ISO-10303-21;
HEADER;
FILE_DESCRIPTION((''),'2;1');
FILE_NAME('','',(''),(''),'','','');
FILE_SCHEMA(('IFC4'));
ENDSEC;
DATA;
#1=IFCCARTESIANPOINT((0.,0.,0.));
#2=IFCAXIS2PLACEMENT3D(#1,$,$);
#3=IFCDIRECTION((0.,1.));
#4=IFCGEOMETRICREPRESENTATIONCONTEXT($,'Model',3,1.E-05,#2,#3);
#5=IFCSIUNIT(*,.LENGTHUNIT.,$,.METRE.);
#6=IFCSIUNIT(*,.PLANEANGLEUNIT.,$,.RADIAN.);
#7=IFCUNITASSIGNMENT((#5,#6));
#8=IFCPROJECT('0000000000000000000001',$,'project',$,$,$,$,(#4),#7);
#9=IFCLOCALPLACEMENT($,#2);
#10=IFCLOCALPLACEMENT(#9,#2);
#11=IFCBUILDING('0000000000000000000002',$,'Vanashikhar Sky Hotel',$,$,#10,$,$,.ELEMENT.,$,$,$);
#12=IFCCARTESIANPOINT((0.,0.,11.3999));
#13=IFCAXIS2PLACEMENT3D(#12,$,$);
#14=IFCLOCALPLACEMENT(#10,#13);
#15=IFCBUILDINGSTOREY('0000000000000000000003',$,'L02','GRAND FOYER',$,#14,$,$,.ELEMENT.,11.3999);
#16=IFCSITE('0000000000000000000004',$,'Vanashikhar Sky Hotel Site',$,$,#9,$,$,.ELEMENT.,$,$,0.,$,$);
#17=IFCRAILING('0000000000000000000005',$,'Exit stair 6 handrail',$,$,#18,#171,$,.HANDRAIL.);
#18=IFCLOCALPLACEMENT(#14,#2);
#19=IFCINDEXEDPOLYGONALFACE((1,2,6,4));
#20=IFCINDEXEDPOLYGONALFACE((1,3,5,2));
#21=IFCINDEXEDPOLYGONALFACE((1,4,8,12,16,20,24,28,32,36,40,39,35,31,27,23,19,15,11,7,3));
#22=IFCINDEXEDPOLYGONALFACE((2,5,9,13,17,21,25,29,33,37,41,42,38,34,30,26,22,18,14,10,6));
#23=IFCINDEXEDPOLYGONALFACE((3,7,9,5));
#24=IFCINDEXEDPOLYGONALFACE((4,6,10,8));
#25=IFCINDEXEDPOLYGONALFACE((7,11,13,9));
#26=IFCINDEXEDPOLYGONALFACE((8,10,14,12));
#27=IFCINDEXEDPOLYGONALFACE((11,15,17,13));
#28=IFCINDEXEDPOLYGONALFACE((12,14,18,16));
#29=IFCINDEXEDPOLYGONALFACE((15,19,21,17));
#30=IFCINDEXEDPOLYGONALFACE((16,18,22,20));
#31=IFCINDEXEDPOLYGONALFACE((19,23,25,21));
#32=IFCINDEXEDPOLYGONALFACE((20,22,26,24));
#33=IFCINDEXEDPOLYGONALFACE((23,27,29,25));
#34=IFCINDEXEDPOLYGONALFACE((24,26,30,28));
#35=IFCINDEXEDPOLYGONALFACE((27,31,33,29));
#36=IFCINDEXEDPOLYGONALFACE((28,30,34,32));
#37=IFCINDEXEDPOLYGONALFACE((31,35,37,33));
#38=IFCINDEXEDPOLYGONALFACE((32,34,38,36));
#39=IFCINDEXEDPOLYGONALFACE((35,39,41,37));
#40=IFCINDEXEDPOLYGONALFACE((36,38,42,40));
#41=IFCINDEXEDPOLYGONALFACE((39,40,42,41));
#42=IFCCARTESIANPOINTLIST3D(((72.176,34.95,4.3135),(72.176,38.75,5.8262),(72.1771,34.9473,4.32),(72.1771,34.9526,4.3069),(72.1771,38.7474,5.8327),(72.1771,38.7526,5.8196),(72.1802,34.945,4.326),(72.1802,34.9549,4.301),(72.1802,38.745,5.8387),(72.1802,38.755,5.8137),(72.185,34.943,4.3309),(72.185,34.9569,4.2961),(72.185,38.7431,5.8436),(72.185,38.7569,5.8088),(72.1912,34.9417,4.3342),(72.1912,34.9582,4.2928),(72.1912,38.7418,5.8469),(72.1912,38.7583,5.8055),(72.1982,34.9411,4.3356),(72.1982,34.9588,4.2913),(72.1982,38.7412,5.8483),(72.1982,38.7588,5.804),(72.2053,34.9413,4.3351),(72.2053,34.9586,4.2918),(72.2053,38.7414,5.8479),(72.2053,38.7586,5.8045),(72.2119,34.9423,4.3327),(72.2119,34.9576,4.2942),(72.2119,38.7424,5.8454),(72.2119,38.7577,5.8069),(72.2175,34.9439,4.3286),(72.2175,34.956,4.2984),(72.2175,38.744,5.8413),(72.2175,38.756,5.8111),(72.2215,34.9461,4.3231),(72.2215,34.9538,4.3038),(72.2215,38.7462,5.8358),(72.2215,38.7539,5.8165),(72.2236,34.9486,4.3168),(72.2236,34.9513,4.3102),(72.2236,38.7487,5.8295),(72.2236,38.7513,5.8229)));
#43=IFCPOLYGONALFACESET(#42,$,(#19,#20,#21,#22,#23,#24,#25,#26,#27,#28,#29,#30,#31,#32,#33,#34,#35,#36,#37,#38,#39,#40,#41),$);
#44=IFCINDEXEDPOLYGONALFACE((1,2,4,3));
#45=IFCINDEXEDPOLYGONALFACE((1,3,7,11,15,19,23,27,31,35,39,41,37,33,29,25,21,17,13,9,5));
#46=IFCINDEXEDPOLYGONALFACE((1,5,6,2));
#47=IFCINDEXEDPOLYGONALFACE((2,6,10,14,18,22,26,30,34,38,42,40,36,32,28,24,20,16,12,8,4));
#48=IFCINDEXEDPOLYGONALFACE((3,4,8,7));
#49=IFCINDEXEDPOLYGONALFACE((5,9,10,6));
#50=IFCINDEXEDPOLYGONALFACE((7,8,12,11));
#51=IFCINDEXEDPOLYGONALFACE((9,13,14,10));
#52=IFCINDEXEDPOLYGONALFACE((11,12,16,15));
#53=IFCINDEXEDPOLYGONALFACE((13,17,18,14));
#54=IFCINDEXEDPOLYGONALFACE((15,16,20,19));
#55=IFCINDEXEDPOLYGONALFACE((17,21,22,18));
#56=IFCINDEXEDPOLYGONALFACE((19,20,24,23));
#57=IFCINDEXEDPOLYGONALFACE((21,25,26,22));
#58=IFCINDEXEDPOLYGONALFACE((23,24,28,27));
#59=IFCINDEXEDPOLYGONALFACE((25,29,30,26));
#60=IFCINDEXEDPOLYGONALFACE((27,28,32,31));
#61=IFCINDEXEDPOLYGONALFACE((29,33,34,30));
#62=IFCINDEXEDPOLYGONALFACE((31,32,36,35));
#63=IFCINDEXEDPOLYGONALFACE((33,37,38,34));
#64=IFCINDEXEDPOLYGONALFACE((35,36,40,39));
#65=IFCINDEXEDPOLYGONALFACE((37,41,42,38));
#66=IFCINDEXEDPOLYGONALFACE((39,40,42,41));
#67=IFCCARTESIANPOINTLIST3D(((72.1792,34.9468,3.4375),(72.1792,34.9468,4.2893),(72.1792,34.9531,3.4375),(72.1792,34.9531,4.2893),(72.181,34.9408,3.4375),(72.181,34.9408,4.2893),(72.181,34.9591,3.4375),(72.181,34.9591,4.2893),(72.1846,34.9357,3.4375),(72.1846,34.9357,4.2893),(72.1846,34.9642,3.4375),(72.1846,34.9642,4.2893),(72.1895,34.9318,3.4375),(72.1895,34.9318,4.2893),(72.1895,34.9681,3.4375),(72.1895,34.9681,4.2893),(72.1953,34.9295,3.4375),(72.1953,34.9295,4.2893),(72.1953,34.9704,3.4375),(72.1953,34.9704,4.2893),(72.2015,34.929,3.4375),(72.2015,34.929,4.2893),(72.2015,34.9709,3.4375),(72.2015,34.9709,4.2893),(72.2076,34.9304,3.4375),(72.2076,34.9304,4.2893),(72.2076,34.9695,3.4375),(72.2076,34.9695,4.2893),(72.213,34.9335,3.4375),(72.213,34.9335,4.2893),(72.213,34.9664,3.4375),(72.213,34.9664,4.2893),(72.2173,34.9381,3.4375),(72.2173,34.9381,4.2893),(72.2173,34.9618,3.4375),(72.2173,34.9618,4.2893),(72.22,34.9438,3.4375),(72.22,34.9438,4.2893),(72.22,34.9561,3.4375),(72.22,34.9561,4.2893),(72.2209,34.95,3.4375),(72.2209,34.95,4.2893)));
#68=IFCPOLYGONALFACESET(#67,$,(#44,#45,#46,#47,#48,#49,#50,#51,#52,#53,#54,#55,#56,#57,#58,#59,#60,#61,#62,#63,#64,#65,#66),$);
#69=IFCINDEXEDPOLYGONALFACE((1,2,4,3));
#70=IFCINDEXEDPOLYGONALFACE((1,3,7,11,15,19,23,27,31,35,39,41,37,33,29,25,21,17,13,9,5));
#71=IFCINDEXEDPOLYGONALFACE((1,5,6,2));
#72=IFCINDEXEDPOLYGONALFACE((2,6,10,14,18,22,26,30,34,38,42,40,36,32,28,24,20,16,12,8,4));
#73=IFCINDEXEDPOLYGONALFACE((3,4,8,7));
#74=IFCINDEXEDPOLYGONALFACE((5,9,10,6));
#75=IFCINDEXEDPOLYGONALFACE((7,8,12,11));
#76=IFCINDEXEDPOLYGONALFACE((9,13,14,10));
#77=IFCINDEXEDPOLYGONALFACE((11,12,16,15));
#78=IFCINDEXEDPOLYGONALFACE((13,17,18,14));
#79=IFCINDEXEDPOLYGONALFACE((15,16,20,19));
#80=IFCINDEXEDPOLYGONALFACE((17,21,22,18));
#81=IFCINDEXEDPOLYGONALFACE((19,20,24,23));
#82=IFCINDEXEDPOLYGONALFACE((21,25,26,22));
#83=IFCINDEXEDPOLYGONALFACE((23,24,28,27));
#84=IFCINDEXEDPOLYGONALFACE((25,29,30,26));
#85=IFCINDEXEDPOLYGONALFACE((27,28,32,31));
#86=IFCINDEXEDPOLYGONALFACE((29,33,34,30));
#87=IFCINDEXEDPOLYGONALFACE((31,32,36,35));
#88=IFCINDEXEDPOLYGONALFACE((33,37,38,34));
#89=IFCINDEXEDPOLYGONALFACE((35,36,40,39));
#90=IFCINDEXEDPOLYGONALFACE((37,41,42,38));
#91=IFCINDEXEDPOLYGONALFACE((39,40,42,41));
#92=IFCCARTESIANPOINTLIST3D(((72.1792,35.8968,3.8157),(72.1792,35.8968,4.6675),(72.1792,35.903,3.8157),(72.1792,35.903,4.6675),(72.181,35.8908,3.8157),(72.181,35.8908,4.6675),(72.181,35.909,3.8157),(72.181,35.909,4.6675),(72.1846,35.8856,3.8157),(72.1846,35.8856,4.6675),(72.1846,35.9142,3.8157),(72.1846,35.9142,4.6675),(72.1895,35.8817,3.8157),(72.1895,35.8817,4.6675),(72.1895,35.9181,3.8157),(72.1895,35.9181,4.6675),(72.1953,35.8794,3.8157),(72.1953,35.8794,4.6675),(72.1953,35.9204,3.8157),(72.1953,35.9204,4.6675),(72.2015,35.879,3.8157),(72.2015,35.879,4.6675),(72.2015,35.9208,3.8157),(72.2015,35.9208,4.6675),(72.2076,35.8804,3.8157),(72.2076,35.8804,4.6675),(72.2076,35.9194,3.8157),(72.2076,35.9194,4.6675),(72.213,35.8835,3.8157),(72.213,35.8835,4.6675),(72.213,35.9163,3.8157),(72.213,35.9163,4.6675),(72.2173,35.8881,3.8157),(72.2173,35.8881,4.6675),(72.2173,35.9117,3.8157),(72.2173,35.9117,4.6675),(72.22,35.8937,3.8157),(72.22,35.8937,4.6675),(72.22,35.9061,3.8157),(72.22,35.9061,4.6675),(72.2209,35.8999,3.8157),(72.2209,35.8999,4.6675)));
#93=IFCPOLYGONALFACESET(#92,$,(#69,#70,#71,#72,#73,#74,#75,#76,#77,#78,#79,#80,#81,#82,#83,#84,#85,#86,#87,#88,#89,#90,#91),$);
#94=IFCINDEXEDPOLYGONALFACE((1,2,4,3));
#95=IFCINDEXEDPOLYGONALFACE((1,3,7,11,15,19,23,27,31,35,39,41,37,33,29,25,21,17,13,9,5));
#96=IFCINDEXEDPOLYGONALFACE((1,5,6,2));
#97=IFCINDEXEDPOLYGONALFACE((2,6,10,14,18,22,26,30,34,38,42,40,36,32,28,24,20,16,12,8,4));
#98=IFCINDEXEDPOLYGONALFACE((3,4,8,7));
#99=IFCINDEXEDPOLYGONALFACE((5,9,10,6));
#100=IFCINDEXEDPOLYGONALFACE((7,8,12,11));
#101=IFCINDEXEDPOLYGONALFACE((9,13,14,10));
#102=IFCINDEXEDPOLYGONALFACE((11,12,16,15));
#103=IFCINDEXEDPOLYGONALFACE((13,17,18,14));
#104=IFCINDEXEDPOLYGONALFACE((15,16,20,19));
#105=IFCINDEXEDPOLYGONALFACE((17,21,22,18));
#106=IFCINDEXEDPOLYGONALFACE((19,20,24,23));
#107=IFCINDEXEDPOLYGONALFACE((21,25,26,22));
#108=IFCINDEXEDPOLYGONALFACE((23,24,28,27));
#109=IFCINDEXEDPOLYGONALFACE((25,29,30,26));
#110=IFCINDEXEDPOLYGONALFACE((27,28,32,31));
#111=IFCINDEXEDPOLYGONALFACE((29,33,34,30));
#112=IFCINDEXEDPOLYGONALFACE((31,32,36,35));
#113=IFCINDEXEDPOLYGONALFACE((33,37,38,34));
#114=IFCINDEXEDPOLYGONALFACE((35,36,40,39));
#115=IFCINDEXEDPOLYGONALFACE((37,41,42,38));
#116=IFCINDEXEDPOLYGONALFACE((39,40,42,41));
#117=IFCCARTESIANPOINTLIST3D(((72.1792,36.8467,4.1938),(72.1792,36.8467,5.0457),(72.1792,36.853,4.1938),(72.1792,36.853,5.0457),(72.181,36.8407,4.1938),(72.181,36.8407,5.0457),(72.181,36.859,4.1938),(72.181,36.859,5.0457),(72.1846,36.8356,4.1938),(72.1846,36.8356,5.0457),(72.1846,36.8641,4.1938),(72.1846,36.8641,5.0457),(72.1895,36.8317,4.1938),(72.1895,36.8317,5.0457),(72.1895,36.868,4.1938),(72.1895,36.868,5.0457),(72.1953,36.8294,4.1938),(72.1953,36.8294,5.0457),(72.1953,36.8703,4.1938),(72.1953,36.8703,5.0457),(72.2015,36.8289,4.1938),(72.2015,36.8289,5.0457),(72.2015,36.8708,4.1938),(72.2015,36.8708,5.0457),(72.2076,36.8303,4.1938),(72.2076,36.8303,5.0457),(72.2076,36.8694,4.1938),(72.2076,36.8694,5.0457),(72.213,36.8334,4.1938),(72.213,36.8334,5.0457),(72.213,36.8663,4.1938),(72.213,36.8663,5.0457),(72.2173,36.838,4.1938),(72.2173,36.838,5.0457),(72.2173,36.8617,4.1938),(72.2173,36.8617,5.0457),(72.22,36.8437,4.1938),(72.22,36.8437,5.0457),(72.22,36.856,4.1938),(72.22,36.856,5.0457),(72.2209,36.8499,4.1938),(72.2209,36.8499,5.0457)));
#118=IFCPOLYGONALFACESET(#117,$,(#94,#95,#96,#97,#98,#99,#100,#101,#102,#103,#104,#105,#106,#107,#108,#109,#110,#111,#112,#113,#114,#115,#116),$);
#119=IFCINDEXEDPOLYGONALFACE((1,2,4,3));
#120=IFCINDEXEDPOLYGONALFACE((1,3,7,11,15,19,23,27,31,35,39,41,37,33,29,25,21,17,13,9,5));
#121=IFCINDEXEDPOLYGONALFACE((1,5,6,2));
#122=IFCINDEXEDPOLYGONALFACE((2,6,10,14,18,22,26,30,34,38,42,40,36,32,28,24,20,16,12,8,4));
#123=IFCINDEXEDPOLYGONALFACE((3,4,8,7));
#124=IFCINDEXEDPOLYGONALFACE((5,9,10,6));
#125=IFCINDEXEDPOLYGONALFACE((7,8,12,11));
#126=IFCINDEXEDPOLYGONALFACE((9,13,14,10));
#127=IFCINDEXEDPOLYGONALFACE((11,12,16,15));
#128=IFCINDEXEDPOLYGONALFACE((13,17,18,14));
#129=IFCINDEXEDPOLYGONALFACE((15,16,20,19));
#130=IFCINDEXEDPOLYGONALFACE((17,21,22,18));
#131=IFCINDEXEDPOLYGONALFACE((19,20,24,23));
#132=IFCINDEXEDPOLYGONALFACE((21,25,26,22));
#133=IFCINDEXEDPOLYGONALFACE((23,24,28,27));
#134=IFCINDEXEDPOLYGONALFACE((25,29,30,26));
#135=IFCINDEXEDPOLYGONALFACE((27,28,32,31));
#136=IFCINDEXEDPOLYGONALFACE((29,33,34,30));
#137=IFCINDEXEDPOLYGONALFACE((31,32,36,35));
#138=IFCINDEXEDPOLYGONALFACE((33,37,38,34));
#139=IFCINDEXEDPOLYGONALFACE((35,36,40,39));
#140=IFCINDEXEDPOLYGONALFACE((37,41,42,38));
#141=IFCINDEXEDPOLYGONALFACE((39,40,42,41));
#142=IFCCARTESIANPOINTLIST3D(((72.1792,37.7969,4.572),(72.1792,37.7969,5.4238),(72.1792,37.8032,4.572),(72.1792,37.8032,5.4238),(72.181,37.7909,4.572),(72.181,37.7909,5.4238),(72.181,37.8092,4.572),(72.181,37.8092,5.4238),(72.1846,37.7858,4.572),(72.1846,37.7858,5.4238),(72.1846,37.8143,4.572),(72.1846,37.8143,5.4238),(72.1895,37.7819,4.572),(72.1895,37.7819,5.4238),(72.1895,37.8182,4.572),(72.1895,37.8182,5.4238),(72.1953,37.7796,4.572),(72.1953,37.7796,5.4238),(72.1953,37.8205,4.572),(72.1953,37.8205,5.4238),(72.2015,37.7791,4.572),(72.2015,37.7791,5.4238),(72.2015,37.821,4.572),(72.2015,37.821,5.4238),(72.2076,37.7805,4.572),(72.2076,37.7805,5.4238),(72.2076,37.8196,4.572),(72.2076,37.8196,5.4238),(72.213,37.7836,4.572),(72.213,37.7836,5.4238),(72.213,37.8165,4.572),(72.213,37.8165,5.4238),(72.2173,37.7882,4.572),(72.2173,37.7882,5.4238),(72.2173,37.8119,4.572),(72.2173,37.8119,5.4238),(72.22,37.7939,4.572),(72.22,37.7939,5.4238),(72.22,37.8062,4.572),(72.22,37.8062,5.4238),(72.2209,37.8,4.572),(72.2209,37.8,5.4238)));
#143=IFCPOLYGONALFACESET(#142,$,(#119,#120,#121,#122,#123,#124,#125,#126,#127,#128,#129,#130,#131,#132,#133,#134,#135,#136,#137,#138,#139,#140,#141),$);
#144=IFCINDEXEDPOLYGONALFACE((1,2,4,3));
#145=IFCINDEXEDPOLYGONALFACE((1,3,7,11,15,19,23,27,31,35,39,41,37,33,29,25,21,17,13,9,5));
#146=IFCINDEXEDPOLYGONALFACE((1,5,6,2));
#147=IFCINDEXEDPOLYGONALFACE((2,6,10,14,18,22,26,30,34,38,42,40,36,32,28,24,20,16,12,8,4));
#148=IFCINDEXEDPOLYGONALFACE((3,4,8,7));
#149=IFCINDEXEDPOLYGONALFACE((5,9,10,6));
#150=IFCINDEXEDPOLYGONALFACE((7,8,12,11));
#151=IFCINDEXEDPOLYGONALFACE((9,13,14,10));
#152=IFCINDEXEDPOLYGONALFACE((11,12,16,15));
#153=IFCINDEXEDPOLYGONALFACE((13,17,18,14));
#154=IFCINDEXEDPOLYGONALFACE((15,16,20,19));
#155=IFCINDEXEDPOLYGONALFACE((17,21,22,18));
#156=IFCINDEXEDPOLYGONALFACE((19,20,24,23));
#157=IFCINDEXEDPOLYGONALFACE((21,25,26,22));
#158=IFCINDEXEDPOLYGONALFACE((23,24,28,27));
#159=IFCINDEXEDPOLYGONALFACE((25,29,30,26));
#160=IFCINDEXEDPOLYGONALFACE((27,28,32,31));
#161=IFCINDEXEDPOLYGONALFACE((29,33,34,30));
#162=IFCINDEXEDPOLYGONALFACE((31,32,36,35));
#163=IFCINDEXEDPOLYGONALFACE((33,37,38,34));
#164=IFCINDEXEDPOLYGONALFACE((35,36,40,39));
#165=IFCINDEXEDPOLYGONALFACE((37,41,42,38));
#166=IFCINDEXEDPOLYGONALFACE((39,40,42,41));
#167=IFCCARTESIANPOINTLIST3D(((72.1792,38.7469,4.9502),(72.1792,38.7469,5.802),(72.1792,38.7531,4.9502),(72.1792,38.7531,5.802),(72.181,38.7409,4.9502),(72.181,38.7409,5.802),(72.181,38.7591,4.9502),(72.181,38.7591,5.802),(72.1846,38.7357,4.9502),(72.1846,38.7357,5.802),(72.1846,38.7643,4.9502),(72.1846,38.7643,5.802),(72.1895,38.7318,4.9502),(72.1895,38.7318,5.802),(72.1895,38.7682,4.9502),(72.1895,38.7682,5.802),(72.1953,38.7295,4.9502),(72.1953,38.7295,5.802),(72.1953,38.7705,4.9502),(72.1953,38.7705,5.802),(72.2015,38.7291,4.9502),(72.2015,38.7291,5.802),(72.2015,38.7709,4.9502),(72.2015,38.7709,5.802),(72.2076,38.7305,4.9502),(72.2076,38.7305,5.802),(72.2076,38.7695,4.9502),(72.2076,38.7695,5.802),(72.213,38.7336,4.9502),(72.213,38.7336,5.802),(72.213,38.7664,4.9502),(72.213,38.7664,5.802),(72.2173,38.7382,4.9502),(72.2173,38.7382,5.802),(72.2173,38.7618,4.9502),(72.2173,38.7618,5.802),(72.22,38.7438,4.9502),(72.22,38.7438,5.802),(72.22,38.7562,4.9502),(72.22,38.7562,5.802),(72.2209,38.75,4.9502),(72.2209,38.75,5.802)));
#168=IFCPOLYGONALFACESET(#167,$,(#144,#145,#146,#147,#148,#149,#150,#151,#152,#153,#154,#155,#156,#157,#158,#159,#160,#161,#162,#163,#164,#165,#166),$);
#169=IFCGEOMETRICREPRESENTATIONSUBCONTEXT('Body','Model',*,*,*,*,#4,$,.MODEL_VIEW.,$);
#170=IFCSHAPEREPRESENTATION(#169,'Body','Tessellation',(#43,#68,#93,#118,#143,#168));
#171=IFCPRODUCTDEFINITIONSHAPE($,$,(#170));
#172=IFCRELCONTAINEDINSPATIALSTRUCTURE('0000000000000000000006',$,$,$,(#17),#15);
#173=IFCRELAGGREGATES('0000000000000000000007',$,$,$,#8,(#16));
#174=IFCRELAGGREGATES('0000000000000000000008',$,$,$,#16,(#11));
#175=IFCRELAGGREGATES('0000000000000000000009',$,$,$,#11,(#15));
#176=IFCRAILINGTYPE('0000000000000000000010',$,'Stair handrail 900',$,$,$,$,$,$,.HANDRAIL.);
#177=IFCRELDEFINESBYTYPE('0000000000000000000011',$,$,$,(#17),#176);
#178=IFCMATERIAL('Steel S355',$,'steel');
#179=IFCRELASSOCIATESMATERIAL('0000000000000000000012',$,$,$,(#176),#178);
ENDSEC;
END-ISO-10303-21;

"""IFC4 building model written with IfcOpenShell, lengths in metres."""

from ifc_helpers import new_model, si_unit, direction, frame, origin, origin_2d, place, context, subcontext, project, spatial, circle, extrude, source, transform, mapped, material, type_object, element, save


model = new_model("IFC4")

# Units and contexts
model_context = context("Model", 3, precision=1e-05, world=origin(), true_north=direction((0.0, 1.0)))
body_context = subcontext(model_context, "Body", "Model", "MODEL_VIEW")
ifc_project = project(units=[si_unit("LENGTHUNIT", "METRE"), si_unit("PLANEANGLEUNIT", "RADIAN")], contexts=[model_context])

# Site, building, storey
site_placement = place(None, origin())
site = spatial("IfcSite", under=ifc_project, at=site_placement, Name="Vanashikhar Sky Hotel Site", CompositionType="ELEMENT", RefElevation=0.0)
building_placement = place(site_placement, origin())
building = spatial("IfcBuilding", under=site, at=building_placement, Name="Vanashikhar Sky Hotel", CompositionType="ELEMENT")
storey_placement = place(building_placement, frame((0.0, 0.0, 11.3999)))
storey = spatial("IfcBuildingStorey", under=building, at=storey_placement, Name="L02", Description="GRAND FOYER", CompositionType="ELEMENT", Elevation=11.3999)

# Railing
ifc_material_1 = material(Name="Steel S355", Category="steel")
railing_type_1 = type_object("IfcRailingType", Name="Stair handrail 900", PredefinedType="HANDRAIL", material=ifc_material_1)
shared_shape_1 = source(origin(), body_context, "Body", "SweptSolid", [
    extrude(circle(Radius=0.0239, at=origin_2d()), frame((0.0, 0.0, 0.876), z_axis=(0.0, 0.929093, 0.369846), x_axis=(-1.0, 0.0, 0.0)), (0.0, 0.0, 1.0), 4.0901),
    extrude(circle(Radius=0.021, at=origin_2d()), origin(), (0.0, 0.0, 1.0), 0.8518),
    extrude(circle(Radius=0.021, at=origin_2d()), frame((0.0, 0.95, 0.3782)), (0.0, 0.0, 1.0), 0.8518),
    extrude(circle(Radius=0.021, at=origin_2d()), frame((0.0, 1.8999, 0.7563)), (0.0, 0.0, 1.0), 0.8518),
    extrude(circle(Radius=0.021, at=origin_2d()), frame((0.0, 2.8501, 1.1345)), (0.0, 0.0, 1.0), 0.8518),
    extrude(circle(Radius=0.021, at=origin_2d()), frame((0.0, 3.8, 1.5127)), (0.0, 0.0, 1.0), 0.8518),
])
railing_1_placement = place(storey_placement, frame((72.2, 34.95, 3.4375)))
element("IfcRailing", 1, at=railing_1_placement, inside=storey, type_object=railing_type_1, Name="Exit stair 6 handrail", PredefinedType="HANDRAIL", context=body_context, shape_type="MappedRepresentation", body=[
    mapped(shared_shape_1, transform((0.0, 0.0, 0.0), scale=1.0)),
])

save(model, "model.ifc")
